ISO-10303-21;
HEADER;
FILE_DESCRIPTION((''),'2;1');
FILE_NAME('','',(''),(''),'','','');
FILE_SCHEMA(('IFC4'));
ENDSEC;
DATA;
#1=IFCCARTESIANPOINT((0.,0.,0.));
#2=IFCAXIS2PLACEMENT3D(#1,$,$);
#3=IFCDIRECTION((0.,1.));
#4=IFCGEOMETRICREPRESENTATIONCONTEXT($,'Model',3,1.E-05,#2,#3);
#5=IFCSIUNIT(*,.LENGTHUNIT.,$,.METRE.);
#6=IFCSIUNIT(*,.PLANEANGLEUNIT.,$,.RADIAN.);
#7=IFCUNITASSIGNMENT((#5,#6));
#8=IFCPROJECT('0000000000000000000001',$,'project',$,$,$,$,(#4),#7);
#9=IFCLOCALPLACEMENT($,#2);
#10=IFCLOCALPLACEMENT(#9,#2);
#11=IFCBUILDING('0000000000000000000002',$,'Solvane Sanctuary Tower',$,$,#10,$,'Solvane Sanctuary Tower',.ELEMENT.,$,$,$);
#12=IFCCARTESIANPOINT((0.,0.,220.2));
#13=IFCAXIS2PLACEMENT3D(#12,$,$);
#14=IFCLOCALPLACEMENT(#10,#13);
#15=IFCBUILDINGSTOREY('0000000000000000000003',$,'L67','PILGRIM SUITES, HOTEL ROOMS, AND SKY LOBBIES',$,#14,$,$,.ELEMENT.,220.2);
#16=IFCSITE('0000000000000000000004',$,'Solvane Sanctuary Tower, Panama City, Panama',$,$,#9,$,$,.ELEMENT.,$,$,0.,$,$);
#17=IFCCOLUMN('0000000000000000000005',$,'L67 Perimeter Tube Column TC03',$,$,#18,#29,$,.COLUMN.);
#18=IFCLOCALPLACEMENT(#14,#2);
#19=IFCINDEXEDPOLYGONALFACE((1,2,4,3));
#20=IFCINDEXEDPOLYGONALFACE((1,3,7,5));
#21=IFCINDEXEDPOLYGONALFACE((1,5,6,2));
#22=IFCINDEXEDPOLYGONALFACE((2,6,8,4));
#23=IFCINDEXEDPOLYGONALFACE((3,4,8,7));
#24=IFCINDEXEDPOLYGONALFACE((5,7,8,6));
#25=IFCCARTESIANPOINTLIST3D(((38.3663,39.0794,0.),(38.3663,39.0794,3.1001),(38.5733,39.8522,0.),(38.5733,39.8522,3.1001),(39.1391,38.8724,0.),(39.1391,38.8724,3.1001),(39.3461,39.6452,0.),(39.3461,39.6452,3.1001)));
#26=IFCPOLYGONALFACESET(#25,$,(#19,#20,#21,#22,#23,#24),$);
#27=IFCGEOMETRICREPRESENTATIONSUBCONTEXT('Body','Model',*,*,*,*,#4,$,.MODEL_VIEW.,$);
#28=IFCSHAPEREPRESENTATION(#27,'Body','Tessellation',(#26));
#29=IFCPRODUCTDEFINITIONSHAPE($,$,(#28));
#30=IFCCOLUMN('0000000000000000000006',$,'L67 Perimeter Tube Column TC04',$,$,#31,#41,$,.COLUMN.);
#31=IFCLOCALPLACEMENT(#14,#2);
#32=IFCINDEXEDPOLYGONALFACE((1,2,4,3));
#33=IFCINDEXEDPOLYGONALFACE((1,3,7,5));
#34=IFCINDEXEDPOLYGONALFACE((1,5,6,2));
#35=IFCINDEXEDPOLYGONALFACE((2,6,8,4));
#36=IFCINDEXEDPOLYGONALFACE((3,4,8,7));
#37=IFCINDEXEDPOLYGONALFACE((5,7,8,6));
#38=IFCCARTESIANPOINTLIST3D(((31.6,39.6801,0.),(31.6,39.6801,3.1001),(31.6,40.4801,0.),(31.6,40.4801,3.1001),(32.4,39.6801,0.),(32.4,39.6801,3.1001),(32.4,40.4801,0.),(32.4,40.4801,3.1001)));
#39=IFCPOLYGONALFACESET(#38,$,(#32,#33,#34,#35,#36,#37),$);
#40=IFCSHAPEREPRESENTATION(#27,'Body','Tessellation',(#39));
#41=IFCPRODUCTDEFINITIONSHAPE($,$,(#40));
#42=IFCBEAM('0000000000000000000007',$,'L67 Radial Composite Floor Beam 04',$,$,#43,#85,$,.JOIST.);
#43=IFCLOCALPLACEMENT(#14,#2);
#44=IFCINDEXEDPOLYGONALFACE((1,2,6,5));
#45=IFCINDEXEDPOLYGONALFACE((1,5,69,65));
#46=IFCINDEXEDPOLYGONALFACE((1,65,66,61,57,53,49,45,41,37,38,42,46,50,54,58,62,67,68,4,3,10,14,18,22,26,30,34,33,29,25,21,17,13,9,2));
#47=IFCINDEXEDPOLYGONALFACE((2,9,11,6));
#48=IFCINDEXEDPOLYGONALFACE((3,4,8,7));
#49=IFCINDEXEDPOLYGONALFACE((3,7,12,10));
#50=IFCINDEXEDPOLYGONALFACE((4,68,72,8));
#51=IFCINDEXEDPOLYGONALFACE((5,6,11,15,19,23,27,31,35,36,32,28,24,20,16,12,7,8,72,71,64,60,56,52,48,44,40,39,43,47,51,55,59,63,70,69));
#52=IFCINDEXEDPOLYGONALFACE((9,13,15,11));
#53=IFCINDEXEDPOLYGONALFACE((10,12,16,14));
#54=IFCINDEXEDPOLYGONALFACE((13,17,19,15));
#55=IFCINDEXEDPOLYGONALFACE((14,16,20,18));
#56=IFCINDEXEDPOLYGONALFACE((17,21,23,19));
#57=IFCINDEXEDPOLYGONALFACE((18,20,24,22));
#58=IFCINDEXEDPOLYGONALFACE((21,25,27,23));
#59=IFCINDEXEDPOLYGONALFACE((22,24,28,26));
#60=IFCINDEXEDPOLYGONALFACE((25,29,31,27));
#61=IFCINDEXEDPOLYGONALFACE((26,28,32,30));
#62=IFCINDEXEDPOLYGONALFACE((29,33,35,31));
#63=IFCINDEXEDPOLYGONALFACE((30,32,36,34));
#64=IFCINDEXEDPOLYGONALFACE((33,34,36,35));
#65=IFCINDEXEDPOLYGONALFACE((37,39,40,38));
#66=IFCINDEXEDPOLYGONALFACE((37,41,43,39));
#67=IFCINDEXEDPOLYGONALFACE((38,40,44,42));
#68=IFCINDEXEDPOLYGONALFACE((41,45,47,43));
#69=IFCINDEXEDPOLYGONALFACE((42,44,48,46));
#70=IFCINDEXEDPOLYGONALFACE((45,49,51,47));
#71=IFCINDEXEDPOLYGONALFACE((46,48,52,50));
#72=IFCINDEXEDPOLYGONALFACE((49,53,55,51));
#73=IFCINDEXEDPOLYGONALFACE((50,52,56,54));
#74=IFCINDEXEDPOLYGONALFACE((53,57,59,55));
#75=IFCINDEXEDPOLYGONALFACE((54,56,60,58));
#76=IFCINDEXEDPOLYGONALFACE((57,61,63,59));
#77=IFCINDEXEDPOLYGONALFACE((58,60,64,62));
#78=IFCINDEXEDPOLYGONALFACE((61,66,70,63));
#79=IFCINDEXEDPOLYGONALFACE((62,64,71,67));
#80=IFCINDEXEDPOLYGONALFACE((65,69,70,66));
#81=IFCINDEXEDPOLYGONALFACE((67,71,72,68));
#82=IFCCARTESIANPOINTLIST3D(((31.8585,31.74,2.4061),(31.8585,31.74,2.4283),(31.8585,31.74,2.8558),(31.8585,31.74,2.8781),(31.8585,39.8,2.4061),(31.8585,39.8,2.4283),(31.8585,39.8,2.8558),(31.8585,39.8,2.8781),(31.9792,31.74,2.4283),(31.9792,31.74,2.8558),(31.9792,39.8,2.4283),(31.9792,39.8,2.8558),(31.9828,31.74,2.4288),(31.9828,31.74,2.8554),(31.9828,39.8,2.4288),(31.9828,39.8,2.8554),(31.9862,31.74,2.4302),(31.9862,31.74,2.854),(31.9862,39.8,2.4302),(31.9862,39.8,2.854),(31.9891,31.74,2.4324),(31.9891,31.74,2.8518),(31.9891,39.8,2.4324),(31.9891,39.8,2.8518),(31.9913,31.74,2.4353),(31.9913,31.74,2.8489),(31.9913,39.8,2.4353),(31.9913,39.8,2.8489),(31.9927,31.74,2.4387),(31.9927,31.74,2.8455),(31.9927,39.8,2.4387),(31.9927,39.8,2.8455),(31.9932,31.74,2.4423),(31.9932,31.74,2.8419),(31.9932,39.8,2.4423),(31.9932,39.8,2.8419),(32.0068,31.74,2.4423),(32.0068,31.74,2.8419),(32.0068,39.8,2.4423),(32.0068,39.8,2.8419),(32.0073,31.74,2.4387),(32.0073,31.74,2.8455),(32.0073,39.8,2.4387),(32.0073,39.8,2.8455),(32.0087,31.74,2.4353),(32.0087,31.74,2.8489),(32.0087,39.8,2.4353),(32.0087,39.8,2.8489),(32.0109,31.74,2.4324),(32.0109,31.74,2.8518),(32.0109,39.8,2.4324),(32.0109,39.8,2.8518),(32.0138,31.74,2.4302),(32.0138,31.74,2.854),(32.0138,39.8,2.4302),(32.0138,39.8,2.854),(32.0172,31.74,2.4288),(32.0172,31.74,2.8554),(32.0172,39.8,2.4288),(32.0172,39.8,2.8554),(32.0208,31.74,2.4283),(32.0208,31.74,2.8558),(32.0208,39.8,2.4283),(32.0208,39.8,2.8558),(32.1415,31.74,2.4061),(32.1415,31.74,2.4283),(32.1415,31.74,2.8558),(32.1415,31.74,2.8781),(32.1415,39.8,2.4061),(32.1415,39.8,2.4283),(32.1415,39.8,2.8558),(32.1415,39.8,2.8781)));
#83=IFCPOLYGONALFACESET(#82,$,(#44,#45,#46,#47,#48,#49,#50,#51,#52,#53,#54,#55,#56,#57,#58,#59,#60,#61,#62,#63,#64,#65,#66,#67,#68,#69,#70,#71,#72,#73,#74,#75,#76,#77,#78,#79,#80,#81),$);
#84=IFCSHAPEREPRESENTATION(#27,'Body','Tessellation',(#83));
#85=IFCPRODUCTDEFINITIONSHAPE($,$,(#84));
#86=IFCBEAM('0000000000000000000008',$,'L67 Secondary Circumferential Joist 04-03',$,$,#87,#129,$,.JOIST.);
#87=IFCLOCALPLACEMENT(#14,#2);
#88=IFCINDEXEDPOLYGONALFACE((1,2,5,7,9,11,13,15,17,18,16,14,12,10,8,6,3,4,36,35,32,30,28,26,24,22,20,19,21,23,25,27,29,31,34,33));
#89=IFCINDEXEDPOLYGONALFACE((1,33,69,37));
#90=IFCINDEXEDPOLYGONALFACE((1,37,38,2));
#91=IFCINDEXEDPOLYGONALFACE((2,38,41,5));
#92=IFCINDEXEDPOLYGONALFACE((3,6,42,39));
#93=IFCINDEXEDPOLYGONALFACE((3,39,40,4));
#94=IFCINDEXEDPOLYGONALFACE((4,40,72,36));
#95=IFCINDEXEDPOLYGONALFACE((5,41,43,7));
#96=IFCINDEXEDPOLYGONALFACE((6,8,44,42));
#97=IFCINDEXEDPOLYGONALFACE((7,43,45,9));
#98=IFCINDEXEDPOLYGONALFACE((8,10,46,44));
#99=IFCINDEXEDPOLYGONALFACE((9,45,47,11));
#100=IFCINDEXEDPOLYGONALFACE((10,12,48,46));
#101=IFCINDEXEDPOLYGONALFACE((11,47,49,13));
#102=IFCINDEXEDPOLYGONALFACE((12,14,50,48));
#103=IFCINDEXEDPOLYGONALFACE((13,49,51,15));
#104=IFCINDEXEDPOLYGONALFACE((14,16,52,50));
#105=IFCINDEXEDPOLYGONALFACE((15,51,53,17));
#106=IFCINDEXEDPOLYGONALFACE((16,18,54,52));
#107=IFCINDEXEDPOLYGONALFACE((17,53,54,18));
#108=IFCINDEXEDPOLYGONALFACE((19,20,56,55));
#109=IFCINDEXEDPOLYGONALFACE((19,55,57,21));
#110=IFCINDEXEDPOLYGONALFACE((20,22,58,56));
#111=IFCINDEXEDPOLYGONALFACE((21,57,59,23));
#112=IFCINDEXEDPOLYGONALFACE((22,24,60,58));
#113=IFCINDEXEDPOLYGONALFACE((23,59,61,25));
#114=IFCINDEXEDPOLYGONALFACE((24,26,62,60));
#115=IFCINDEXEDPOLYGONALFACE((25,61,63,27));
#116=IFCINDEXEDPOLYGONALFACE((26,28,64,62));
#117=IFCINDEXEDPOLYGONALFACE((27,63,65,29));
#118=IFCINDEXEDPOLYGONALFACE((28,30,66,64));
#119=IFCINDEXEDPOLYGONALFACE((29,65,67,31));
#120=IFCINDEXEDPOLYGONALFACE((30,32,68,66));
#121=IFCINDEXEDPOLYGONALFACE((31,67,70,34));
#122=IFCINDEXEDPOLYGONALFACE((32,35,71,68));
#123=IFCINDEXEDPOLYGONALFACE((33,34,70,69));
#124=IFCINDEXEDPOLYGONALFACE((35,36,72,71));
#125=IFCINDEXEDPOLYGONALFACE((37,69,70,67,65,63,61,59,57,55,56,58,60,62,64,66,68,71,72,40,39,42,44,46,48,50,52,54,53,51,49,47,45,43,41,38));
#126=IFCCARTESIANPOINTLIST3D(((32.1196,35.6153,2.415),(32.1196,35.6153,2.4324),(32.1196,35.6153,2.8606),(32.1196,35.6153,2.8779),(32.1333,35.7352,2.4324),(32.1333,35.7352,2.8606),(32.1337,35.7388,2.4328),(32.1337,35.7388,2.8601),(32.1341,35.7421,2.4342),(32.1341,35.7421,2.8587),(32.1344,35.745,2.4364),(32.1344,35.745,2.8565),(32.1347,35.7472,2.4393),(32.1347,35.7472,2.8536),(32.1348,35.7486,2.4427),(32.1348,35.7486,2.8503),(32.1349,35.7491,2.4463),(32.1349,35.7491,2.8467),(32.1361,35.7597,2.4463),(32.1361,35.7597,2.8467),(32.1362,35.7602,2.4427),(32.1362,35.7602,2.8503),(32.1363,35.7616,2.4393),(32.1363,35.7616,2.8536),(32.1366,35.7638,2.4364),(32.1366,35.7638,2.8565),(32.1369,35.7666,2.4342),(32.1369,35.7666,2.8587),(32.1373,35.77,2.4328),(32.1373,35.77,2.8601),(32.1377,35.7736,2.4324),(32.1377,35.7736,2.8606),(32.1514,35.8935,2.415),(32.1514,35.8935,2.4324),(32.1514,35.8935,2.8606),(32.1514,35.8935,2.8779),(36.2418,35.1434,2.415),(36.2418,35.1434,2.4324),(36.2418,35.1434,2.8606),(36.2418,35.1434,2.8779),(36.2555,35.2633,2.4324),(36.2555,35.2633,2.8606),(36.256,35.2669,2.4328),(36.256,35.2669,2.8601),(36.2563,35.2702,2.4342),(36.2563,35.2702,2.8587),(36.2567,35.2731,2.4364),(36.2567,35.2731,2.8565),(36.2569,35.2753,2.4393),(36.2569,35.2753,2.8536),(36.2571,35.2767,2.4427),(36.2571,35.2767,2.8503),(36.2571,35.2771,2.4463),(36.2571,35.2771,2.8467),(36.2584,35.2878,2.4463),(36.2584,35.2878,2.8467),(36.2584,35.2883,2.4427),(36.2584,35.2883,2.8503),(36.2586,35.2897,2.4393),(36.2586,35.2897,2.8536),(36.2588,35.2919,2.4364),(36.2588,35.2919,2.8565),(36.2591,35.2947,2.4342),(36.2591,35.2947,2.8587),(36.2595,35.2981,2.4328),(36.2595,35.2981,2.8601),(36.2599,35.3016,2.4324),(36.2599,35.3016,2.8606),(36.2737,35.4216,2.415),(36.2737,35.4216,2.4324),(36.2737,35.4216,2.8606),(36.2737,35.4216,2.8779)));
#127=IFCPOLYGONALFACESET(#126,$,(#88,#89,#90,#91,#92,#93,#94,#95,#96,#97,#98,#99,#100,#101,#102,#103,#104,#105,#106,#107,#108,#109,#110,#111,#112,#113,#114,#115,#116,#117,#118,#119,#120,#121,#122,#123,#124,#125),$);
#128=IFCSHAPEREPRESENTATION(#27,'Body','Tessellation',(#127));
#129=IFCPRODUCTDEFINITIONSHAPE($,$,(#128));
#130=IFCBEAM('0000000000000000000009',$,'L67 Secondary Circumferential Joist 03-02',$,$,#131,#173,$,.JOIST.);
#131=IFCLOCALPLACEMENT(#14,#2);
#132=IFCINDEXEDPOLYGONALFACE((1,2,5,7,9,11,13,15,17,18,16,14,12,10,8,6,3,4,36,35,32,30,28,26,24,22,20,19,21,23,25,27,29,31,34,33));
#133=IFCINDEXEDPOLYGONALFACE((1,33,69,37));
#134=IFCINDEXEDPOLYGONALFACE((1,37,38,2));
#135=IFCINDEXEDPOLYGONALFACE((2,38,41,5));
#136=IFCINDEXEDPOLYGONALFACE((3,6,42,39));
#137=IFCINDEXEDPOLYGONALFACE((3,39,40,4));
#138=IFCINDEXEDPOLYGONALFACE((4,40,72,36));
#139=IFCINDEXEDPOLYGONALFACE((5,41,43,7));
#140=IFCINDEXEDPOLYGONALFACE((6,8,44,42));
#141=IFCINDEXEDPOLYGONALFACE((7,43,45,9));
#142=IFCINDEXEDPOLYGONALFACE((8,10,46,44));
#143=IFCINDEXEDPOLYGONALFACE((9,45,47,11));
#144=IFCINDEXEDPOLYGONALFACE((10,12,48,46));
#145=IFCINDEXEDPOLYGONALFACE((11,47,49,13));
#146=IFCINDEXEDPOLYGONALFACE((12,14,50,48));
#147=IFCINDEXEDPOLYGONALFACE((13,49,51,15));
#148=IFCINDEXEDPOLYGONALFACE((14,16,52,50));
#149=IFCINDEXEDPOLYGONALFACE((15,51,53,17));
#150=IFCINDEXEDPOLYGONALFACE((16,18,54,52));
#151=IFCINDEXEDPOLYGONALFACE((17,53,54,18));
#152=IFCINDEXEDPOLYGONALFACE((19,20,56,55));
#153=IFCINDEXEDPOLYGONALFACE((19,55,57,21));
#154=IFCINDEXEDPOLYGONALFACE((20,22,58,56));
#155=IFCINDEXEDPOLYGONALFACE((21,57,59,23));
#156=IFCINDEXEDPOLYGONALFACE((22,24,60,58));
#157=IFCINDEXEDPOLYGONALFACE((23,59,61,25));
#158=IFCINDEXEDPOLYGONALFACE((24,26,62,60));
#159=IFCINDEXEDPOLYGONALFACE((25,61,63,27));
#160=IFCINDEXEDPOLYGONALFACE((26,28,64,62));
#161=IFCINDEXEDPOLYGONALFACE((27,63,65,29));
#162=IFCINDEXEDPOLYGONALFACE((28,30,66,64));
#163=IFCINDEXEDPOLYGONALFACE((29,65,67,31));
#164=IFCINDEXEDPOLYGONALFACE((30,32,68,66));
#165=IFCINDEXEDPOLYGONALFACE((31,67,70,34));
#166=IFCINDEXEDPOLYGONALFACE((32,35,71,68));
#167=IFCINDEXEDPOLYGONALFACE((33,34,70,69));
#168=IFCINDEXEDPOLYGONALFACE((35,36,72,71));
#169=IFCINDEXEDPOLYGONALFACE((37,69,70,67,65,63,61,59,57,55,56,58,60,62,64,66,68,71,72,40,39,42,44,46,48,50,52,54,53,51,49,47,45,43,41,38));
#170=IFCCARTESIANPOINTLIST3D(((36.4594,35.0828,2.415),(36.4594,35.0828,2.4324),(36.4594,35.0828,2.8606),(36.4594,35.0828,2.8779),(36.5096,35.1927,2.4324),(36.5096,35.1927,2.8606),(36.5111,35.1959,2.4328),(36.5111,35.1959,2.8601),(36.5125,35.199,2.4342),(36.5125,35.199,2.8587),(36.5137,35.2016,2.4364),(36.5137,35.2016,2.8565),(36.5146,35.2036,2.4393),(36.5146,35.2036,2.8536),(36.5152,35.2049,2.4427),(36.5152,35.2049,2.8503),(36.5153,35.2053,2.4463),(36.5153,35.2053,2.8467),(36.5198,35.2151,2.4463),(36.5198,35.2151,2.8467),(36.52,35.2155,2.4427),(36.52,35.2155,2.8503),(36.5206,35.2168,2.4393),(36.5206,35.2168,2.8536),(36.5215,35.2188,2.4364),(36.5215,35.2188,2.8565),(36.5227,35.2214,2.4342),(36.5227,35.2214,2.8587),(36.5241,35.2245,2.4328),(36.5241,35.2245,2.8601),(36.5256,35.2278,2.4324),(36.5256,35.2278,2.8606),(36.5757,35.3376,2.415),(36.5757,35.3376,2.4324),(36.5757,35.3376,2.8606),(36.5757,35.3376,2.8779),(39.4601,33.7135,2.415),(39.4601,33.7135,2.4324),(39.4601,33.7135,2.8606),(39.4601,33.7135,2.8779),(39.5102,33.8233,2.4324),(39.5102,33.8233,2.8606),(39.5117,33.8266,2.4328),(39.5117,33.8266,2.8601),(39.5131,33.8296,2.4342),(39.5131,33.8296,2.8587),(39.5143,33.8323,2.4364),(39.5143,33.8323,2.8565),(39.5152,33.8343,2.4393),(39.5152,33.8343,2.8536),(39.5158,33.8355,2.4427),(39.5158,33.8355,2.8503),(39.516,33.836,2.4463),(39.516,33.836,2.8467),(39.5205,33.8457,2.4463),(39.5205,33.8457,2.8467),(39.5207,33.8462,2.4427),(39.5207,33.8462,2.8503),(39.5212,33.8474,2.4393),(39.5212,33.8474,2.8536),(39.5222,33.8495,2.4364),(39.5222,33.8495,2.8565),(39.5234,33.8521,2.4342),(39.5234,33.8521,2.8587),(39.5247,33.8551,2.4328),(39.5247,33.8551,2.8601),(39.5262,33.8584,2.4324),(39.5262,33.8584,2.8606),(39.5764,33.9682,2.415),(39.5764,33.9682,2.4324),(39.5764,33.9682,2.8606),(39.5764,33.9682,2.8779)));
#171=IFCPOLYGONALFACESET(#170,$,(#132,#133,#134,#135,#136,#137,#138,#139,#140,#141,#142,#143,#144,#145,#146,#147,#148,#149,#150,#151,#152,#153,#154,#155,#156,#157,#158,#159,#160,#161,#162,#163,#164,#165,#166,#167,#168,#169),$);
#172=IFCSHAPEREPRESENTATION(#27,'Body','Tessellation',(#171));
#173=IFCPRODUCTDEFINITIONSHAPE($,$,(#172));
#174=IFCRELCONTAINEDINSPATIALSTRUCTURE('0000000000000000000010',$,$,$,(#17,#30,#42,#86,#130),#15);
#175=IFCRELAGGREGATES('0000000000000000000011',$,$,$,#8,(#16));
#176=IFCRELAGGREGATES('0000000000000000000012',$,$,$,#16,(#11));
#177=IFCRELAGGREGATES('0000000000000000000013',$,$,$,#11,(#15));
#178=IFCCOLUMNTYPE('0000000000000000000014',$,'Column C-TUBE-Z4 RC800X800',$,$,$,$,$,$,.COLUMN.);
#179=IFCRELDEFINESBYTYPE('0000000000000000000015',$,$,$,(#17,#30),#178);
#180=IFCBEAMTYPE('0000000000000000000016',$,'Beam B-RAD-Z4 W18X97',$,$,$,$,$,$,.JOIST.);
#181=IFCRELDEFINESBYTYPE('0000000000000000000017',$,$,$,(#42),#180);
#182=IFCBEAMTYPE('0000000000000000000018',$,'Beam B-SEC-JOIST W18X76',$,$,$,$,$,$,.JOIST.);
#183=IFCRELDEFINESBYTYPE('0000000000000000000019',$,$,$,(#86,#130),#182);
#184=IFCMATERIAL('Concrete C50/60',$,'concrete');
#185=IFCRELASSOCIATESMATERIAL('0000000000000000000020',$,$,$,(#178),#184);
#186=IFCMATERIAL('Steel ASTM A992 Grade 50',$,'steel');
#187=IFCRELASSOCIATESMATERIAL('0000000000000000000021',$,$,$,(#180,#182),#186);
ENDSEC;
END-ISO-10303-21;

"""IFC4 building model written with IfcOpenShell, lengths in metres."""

from ifc_helpers import new_model, si_unit, direction, frame, origin, origin_2d, place, context, subcontext, project, spatial, rectangle, i_section, extrude, material, material_profile, profile_set, type_object, element, save


model = new_model("IFC4")

# Units and contexts
model_context = context("Model", 3, precision=1e-05, world=origin(), true_north=direction((0.0, 1.0)))
body_context = subcontext(model_context, "Body", "Model", "MODEL_VIEW")
ifc_project = project(units=[si_unit("LENGTHUNIT", "METRE"), si_unit("PLANEANGLEUNIT", "RADIAN")], contexts=[model_context])

# Site, building, storey
site_placement = place(None, origin())
site = spatial("IfcSite", under=ifc_project, at=site_placement, Name="Solvane Sanctuary Tower, Panama City, Panama", CompositionType="ELEMENT", RefElevation=0.0)
building_placement = place(site_placement, origin())
building = spatial("IfcBuilding", under=site, at=building_placement, Name="Solvane Sanctuary Tower", LongName="Solvane Sanctuary Tower", CompositionType="ELEMENT")
storey_placement = place(building_placement, frame((0.0, 0.0, 220.2)))
storey = spatial("IfcBuildingStorey", under=building, at=storey_placement, Name="L67", Description="PILGRIM SUITES, HOTEL ROOMS, AND SKY LOBBIES", CompositionType="ELEMENT", Elevation=220.2)

# Columns
ifc_material_1 = material(Name="Concrete C50/60", Category="concrete")
ifc_material_profile_1 = material_profile(ifc_material_1, rectangle(XDim=0.8, YDim=0.8, at=origin_2d()), Name="RC800X800")
ifc_profile_set_1 = profile_set([ifc_material_profile_1], Name="Concrete C50/60")
column_type = type_object("IfcColumnType", Name="Column C-TUBE-Z4 RC800X800", PredefinedType="COLUMN", material=ifc_profile_set_1)
for number, where, z_axis, x_axis, name in (
    (1, (38.8562, 39.3623, 0.0), (0.0, 0.0, 1.0), (0.258819, 0.965926, 0.0), "L67 Perimeter Tube Column TC03"),
    (2, (32.0, 40.0801, 0.0), (0.0, 0.0, 1.0), (0.0, 1.0, 0.0), "L67 Perimeter Tube Column TC04"),
):
    element("IfcColumn", number, at=place(storey_placement, frame(where, z_axis=z_axis, x_axis=x_axis)), inside=storey, type_object=column_type, Name=name, PredefinedType="COLUMN", context=body_context, shape_type="SweptSolid", body=[
        extrude(rectangle(XDim=0.8, YDim=0.8, at=origin_2d()), origin(), (0.0, 0.0, 1.0), 3.1001),
    ])

# Beams
ifc_material_2 = material(Name="Steel ASTM A992 Grade 50", Category="steel")
ifc_material_profile_2 = material_profile(ifc_material_2, i_section(OverallWidth=0.283, OverallDepth=0.4719, WebThickness=0.0137, FlangeThickness=0.0222, FilletRadius=0.0139, at=origin_2d()), Name="W18X97")
ifc_profile_set_2 = profile_set([ifc_material_profile_2], Name="Steel ASTM A992 Grade 50")
beam_type_1 = type_object("IfcBeamType", Name="Beam B-RAD-Z4 W18X97", PredefinedType="JOIST", material=ifc_profile_set_2)
beam_1_placement = place(storey_placement, frame((32.0, 31.74, 2.6421), z_axis=(0.0, 1.0, 0.0), x_axis=(-1.0, 0.0, 0.0)))
element("IfcBeam", 3, at=beam_1_placement, inside=storey, type_object=beam_type_1, Name="L67 Radial Composite Floor Beam 04", PredefinedType="JOIST", context=body_context, shape_type="SweptSolid", body=[
    extrude(i_section(OverallWidth=0.283, OverallDepth=0.4719, WebThickness=0.0137, FlangeThickness=0.0222, FilletRadius=0.0139, at=origin_2d()), origin(), (0.0, 0.0, 1.0), 8.0601),
])
ifc_material_profile_3 = material_profile(ifc_material_2, i_section(OverallWidth=0.28, OverallDepth=0.4629, WebThickness=0.0107, FlangeThickness=0.0173, FilletRadius=0.0139, at=origin_2d()), Name="W18X76")
ifc_profile_set_3 = profile_set([ifc_material_profile_3], Name="Steel ASTM A992 Grade 50")
beam_type_2 = type_object("IfcBeamType", Name="Beam B-SEC-JOIST W18X76", PredefinedType="JOIST", material=ifc_profile_set_3)
beam_2_placement = place(storey_placement, frame((32.1355, 35.7544, 2.6465), z_axis=(0.993511, -0.113737, 0.0), x_axis=(0.113737, 0.993511, 0.0)))
element("IfcBeam", 4, at=beam_2_placement, inside=storey, type_object=beam_type_2, Name="L67 Secondary Circumferential Joist 04-03", PredefinedType="JOIST", context=body_context, shape_type="SweptSolid", body=[
    extrude(i_section(OverallWidth=0.28, OverallDepth=0.4629, WebThickness=0.0107, FlangeThickness=0.0173, FilletRadius=0.0139, at=origin_2d()), origin(), (0.0, 0.0, 1.0), 4.1492),
])
beam_3_placement = place(storey_placement, frame((36.5176, 35.2102, 2.6465), z_axis=(0.909747, -0.415163, 0.0), x_axis=(0.415163, 0.909747, 0.0)))
element("IfcBeam", 5, at=beam_3_placement, inside=storey, type_object=beam_type_2, Name="L67 Secondary Circumferential Joist 03-02", PredefinedType="JOIST", context=body_context, shape_type="SweptSolid", body=[
    extrude(i_section(OverallWidth=0.28, OverallDepth=0.4629, WebThickness=0.0107, FlangeThickness=0.0173, FilletRadius=0.0139, at=origin_2d()), origin(), (0.0, 0.0, 1.0), 3.2983),
])

save(model, "model.ifc")
